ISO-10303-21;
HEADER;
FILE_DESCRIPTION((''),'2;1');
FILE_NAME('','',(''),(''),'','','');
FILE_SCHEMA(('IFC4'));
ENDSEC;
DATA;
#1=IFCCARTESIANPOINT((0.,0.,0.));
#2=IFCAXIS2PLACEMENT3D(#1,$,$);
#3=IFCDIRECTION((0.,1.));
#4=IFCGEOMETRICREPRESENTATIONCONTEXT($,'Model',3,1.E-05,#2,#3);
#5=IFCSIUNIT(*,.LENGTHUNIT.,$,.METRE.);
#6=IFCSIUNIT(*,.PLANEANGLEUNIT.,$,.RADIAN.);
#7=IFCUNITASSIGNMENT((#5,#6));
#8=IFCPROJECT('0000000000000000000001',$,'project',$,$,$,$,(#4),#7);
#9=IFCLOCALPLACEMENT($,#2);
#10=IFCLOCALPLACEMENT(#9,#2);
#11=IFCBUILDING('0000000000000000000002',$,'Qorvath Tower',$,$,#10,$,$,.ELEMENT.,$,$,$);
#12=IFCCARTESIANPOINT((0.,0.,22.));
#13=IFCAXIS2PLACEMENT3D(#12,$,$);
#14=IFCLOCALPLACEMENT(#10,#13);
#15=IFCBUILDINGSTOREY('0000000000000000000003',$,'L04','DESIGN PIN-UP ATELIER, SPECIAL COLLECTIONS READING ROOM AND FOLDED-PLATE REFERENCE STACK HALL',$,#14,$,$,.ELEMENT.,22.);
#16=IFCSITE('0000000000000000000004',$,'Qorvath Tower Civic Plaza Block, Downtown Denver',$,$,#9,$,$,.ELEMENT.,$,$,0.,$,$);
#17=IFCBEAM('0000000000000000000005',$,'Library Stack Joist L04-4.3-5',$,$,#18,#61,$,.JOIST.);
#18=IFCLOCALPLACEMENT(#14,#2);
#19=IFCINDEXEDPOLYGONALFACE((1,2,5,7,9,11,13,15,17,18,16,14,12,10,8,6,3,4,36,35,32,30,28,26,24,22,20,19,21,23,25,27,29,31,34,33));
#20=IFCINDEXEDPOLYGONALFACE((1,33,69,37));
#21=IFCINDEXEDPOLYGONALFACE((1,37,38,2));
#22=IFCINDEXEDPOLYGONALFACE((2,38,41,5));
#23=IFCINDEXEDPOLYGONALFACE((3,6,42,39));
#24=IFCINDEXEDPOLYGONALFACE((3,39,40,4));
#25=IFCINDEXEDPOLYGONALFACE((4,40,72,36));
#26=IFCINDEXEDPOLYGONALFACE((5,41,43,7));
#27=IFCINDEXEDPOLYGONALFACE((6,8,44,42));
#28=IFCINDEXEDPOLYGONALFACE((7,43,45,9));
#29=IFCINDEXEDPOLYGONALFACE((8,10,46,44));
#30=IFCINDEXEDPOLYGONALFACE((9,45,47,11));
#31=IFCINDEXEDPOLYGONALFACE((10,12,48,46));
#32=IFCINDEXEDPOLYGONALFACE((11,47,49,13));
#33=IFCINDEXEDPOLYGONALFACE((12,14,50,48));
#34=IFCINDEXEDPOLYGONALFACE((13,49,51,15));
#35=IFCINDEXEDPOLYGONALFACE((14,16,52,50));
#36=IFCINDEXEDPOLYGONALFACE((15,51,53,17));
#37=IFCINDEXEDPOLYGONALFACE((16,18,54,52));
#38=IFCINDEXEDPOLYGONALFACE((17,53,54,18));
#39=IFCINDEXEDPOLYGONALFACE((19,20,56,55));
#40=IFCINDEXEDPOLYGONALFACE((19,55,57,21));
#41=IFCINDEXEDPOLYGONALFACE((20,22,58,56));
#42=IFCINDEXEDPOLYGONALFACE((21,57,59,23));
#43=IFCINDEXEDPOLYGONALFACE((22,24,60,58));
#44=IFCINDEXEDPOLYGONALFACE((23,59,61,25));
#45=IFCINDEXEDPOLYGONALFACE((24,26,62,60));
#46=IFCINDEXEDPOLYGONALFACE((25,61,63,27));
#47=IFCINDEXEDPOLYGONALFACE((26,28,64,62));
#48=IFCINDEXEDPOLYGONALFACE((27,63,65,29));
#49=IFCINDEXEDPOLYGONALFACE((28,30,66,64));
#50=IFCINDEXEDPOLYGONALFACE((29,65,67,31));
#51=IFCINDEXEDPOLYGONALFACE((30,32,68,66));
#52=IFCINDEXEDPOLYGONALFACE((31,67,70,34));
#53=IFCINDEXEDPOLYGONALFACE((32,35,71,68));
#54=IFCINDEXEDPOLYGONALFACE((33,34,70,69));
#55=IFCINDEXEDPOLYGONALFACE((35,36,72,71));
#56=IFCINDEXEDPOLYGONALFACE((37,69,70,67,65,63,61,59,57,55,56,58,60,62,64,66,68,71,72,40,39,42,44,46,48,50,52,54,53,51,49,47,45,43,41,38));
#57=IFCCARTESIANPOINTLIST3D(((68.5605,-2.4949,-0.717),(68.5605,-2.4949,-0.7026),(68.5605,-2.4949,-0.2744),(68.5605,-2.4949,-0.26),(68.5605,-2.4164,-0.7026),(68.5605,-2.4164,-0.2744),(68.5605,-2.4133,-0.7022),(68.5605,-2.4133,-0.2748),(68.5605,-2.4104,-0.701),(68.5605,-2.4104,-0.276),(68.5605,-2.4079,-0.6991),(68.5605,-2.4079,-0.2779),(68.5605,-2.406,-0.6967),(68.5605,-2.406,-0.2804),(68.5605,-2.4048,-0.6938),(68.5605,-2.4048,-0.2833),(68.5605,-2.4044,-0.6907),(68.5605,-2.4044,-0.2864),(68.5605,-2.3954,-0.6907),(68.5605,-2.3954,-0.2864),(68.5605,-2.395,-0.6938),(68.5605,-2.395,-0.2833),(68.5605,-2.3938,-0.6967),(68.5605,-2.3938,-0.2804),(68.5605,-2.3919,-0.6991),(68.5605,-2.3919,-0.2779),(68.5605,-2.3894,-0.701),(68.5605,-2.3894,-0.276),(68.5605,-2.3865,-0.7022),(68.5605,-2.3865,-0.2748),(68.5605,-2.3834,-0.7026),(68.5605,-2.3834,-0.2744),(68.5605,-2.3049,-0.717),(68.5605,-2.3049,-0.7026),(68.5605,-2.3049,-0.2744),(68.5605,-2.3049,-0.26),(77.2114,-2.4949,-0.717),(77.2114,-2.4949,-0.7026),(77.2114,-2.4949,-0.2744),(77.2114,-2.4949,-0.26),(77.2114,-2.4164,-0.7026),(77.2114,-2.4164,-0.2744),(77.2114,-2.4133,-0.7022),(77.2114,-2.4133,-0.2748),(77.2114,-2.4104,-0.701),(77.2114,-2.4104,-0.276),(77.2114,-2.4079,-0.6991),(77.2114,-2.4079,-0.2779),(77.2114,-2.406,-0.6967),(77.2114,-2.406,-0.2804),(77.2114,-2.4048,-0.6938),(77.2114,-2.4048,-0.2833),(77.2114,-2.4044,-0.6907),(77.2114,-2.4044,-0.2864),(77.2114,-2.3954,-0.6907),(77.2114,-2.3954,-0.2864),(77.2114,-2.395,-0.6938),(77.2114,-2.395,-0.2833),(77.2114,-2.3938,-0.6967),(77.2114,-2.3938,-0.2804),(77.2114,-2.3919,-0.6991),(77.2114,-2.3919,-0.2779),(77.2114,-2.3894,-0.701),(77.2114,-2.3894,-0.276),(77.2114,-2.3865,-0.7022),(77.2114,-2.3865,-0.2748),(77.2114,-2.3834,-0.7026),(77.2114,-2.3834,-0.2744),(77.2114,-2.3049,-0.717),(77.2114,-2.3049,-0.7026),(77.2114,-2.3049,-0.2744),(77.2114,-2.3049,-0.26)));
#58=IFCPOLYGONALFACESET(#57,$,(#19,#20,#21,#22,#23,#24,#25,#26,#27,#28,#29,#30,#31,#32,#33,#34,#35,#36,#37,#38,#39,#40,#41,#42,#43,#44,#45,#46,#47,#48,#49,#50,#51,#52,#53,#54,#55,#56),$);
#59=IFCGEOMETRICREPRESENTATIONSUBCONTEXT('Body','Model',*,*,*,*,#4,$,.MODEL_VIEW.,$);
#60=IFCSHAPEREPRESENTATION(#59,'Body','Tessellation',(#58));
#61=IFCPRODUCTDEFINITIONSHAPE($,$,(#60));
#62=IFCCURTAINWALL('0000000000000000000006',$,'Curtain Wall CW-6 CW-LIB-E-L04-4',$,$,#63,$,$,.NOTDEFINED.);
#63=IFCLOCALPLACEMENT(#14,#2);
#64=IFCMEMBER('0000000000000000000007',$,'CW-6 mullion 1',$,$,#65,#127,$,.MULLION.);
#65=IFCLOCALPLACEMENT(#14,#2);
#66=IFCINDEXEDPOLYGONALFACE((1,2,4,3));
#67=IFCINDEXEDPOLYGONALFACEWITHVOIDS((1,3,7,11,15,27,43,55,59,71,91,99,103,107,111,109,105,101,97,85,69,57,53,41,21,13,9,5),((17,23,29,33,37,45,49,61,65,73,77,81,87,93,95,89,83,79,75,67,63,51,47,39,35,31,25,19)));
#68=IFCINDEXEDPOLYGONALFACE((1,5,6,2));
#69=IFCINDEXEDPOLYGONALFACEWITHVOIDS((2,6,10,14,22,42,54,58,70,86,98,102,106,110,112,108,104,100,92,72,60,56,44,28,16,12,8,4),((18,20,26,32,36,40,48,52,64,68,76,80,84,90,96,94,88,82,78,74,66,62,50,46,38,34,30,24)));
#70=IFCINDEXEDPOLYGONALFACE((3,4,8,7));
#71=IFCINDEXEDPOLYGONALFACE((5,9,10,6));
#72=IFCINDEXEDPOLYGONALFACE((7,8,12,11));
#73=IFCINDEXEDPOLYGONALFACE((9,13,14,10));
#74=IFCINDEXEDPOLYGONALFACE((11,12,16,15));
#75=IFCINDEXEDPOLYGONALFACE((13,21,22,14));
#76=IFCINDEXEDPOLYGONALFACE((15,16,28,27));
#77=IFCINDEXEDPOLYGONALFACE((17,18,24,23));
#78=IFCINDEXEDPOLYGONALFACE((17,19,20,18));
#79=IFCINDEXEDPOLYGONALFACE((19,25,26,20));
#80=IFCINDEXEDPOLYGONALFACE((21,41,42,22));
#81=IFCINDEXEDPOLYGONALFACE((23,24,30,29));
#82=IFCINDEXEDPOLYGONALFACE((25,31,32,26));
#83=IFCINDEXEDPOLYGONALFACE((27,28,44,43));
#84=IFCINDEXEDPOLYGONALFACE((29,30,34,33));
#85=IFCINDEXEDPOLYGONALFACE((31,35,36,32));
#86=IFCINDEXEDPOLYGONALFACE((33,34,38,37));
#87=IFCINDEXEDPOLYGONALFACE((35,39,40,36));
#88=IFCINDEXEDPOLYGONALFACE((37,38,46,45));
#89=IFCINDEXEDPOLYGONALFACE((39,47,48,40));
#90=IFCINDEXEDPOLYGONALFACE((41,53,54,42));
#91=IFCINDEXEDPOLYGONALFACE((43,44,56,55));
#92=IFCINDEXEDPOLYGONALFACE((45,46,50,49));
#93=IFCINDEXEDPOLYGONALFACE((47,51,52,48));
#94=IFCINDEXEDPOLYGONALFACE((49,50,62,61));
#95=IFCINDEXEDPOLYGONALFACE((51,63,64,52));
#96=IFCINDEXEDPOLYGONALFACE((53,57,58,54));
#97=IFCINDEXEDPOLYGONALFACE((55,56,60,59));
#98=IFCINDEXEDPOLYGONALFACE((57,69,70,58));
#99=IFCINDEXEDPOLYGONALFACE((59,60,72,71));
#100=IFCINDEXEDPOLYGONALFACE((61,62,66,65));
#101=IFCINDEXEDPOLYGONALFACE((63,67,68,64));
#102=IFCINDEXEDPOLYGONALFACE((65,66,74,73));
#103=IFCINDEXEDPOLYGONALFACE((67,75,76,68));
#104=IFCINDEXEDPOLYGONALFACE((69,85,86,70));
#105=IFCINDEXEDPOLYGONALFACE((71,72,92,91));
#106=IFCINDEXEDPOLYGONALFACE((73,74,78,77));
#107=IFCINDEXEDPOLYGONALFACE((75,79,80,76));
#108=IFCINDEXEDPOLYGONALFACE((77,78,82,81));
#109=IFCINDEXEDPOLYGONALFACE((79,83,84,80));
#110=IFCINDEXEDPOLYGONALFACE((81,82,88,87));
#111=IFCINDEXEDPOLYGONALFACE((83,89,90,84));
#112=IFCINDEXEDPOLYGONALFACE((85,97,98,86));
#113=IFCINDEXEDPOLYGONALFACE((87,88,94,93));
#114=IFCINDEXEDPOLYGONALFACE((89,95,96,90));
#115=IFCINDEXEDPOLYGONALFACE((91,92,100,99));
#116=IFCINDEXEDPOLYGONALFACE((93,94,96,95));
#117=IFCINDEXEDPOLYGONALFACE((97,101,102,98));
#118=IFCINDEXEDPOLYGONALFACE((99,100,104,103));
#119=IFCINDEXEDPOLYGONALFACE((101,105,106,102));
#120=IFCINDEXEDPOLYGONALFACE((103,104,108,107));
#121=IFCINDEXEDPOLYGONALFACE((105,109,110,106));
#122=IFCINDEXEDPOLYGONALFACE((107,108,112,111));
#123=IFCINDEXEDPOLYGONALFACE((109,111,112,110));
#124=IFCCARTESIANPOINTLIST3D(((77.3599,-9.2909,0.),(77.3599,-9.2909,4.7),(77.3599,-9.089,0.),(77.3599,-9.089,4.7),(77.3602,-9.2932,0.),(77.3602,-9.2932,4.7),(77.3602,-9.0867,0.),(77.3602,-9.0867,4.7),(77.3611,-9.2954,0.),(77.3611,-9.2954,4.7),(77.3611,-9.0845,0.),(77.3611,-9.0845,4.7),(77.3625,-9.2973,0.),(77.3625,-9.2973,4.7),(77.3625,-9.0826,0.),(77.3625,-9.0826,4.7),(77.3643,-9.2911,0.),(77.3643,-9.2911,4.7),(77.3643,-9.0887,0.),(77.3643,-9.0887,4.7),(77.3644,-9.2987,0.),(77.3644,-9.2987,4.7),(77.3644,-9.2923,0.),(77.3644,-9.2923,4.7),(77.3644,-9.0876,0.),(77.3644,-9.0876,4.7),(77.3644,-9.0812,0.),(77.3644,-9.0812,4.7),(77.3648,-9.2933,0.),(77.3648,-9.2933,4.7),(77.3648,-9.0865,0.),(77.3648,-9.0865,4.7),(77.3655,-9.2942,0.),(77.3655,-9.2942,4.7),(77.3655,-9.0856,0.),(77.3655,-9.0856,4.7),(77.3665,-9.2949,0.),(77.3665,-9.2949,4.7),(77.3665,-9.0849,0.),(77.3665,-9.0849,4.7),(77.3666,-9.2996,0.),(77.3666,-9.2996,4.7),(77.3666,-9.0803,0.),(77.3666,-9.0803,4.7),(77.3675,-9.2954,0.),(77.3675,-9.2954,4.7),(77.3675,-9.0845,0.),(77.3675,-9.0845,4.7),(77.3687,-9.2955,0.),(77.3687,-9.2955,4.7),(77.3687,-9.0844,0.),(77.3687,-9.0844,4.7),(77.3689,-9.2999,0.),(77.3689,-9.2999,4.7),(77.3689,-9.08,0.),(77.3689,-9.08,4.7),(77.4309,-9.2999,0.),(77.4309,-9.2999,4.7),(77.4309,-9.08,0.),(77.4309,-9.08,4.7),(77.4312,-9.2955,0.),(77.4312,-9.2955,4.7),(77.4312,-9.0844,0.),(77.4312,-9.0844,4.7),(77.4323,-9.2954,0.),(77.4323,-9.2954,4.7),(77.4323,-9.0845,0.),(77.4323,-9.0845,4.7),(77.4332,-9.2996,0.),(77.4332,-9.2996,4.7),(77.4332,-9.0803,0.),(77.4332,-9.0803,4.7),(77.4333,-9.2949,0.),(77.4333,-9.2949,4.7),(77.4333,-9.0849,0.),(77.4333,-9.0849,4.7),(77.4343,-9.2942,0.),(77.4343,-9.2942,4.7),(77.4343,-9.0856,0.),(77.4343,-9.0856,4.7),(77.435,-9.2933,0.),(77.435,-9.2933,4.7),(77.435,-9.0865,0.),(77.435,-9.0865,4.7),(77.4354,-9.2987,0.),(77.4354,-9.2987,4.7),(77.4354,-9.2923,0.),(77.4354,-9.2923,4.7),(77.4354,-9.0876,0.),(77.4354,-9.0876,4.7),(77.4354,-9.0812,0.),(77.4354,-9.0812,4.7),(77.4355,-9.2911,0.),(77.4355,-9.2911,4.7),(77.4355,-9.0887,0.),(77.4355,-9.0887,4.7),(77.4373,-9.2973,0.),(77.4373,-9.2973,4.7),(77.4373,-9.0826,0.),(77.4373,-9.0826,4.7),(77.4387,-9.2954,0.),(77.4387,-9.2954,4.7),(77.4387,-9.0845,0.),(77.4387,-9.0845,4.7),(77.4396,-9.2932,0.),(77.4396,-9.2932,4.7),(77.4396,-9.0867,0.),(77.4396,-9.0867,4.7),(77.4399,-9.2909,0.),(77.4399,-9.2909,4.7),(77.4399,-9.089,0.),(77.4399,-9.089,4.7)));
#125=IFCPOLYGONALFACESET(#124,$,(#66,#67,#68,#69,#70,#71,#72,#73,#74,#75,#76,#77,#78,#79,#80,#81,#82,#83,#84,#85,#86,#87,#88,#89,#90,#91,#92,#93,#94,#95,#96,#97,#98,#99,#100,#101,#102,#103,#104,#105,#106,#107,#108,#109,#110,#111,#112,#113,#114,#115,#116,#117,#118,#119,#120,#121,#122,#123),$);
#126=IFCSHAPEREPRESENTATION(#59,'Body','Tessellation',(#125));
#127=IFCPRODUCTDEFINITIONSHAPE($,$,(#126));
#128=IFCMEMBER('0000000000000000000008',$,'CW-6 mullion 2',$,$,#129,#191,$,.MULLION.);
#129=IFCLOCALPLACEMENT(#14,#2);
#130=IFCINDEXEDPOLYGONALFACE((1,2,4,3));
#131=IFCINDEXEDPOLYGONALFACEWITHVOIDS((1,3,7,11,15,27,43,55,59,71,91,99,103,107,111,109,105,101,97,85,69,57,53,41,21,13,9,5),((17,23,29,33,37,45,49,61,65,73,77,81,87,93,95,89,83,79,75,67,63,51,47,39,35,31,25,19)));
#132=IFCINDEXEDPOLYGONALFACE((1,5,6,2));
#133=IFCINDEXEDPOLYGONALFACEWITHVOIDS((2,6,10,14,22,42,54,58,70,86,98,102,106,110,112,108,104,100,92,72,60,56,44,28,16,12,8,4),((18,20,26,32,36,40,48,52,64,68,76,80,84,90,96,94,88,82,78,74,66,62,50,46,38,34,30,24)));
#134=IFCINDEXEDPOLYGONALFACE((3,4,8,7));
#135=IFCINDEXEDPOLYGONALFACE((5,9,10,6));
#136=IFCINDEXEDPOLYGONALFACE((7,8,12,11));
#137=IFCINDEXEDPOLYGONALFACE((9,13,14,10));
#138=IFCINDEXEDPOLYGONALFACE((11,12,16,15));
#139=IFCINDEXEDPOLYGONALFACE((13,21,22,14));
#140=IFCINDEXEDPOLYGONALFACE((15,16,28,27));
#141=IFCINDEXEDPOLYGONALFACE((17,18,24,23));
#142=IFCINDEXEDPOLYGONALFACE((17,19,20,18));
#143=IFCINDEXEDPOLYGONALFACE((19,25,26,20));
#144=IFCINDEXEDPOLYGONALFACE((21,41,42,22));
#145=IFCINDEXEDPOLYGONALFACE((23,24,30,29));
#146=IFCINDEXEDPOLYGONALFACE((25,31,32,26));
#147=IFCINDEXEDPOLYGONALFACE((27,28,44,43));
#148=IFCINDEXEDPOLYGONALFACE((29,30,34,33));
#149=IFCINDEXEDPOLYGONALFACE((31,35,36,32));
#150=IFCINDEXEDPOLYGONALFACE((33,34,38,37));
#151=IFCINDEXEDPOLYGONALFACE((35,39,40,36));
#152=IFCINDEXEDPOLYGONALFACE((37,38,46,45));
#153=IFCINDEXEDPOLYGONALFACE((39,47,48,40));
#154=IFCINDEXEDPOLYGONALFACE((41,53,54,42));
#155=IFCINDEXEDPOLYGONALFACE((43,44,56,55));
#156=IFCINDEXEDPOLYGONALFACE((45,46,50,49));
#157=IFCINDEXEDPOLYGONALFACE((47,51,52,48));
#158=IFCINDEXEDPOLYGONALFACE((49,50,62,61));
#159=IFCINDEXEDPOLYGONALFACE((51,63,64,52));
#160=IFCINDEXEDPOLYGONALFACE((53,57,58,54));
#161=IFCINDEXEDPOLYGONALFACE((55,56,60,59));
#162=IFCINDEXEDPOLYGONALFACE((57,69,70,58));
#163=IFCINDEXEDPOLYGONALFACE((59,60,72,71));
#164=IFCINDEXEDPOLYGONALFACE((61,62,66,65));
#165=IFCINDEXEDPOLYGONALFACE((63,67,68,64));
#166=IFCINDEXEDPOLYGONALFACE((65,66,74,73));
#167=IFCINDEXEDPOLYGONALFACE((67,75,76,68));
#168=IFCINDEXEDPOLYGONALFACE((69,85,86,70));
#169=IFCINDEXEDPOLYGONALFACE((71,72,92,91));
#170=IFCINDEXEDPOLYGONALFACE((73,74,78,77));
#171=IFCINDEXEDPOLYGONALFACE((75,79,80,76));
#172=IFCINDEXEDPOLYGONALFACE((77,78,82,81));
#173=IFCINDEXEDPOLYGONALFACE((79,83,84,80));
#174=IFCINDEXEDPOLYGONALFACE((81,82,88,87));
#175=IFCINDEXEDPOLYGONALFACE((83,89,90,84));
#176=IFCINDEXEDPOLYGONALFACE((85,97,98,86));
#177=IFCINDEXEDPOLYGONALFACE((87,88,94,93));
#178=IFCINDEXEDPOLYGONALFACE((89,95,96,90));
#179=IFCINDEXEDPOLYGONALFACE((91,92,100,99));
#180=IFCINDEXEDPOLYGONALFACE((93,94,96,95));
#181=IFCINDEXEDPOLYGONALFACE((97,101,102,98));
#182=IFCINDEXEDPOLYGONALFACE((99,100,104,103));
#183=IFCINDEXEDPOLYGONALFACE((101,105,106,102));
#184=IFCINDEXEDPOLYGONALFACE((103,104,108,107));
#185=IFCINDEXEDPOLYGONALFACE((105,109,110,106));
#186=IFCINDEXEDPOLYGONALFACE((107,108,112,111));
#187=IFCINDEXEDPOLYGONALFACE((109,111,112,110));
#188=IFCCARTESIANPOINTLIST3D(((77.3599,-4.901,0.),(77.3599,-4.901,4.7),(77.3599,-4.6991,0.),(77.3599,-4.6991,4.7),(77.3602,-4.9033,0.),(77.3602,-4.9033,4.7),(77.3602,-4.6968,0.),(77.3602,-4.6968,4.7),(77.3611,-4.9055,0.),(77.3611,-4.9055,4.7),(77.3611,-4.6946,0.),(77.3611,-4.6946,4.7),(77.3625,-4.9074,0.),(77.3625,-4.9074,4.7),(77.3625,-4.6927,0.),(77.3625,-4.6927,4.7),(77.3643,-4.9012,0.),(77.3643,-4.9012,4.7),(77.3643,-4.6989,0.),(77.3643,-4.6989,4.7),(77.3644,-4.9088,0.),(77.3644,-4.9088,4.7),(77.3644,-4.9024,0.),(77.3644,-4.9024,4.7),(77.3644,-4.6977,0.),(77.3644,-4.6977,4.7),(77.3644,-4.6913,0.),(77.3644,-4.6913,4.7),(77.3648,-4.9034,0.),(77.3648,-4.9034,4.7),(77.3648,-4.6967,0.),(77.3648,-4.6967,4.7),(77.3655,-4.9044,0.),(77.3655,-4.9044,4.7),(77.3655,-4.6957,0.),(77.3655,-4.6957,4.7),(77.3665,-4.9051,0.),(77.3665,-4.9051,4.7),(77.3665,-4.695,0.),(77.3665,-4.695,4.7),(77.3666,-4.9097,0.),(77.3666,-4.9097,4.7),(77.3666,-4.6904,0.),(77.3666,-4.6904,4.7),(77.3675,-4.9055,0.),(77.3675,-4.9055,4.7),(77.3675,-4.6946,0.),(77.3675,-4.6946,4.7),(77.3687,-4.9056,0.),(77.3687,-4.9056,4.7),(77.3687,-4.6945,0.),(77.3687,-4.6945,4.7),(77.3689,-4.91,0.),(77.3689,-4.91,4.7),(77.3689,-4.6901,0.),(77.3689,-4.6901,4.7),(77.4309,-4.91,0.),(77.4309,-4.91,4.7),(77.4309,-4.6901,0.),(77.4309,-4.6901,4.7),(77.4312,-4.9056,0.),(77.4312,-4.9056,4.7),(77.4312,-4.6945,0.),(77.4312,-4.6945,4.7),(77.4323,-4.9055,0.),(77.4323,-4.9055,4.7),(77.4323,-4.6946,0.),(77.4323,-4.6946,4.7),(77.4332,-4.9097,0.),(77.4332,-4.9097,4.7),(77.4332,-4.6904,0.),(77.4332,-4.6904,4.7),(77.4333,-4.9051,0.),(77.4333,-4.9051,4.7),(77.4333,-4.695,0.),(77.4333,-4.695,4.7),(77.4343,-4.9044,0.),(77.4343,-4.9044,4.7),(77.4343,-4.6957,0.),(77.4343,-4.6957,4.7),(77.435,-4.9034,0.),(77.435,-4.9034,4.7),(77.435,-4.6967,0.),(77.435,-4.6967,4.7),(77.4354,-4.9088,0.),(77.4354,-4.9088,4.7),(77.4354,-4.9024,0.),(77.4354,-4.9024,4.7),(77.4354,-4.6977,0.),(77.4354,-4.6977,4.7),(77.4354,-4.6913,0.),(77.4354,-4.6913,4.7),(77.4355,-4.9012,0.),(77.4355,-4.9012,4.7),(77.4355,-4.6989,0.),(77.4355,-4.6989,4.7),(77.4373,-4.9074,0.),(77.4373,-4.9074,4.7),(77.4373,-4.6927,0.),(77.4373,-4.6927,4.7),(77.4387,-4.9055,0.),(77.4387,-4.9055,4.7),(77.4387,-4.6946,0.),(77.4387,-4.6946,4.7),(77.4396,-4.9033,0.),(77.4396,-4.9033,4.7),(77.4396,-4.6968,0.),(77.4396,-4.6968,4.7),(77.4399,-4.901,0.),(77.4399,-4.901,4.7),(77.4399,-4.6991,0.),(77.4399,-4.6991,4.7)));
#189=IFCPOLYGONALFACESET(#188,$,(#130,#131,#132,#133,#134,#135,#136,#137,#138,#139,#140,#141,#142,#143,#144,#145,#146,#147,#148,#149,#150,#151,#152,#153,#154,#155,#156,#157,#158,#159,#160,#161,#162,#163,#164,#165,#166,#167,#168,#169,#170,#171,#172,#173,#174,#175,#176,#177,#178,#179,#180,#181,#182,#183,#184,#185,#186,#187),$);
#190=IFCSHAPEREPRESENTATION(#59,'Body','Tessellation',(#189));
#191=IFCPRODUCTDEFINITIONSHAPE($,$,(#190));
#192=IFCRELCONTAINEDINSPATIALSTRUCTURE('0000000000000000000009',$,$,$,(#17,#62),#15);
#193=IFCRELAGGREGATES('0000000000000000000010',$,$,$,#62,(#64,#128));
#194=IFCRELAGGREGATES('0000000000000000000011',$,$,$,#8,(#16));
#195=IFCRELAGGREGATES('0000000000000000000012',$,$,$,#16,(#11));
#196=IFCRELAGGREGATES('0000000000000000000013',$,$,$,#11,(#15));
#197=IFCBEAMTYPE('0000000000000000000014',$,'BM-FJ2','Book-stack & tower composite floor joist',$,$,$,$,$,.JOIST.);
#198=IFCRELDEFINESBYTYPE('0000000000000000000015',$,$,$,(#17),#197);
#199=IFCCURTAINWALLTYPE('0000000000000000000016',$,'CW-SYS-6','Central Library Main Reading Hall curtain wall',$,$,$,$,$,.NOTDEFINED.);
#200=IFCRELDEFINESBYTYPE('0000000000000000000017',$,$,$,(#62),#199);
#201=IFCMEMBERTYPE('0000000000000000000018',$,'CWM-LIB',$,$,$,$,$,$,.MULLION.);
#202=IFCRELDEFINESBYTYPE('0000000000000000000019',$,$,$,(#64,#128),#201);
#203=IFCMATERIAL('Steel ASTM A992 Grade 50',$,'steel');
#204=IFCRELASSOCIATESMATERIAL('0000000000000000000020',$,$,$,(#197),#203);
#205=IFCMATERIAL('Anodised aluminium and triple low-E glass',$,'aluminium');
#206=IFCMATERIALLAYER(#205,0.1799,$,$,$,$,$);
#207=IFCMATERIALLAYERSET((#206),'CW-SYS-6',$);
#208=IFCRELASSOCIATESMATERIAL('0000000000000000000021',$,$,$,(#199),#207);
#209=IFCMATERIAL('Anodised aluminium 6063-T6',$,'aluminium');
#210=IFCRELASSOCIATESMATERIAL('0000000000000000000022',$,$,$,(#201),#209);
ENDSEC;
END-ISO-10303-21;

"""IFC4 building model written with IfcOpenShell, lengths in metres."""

from ifc_helpers import new_model, si_unit, direction, frame, origin, origin_2d, place, context, subcontext, project, spatial, hollow_rectangle, i_section, extrude, material, layer, layer_set, material_profile, profile_set, type_object, element, aggregate, save


model = new_model("IFC4")

# Units and contexts
model_context = context("Model", 3, precision=1e-05, world=origin(), true_north=direction((0.0, 1.0)))
body_context = subcontext(model_context, "Body", "Model", "MODEL_VIEW")
ifc_project = project(units=[si_unit("LENGTHUNIT", "METRE"), si_unit("PLANEANGLEUNIT", "RADIAN")], contexts=[model_context])

# Site, building, storey
site_placement = place(None, origin())
site = spatial("IfcSite", under=ifc_project, at=site_placement, Name="Qorvath Tower Civic Plaza Block, Downtown Denver", CompositionType="ELEMENT", RefElevation=0.0)
building_placement = place(site_placement, origin())
building = spatial("IfcBuilding", under=site, at=building_placement, Name="Qorvath Tower", CompositionType="ELEMENT")
storey_placement = place(building_placement, frame((0.0, 0.0, 22.0)))
storey = spatial("IfcBuildingStorey", under=building, at=storey_placement, Name="L04", Description="DESIGN PIN-UP ATELIER, SPECIAL COLLECTIONS READING ROOM AND FOLDED-PLATE REFERENCE STACK HALL", CompositionType="ELEMENT", Elevation=22.0)

# Beam
ifc_material_1 = material(Name="Steel ASTM A992 Grade 50", Category="steel")
ifc_material_profile_1 = material_profile(ifc_material_1, i_section(OverallWidth=0.1899, OverallDepth=0.457, WebThickness=0.009, FlangeThickness=0.0144, FilletRadius=0.012, at=origin_2d()), Name="W18x50")
ifc_profile_set_1 = profile_set([ifc_material_profile_1], Name="Steel ASTM A992 Grade 50")
beam_type_1 = type_object("IfcBeamType", Name="BM-FJ2", Description="Book-stack & tower composite floor joist", PredefinedType="JOIST", material=ifc_profile_set_1)
beam_1_placement = place(storey_placement, frame((68.5605, -2.3999, -0.4885), z_axis=(1.0, 0.0, 0.0), x_axis=(0.0, 1.0, 0.0)))
element("IfcBeam", 1, at=beam_1_placement, inside=storey, type_object=beam_type_1, Name="Library Stack Joist L04-4.3-5", PredefinedType="JOIST", context=body_context, shape_type="SweptSolid", body=[
    extrude(i_section(OverallWidth=0.1899, OverallDepth=0.457, WebThickness=0.009, FlangeThickness=0.0144, FilletRadius=0.012, at=origin_2d()), origin(), (0.0, 0.0, 1.0), 8.6509),
])

# Curtain wall, members
ifc_material_2 = material(Name="Anodised aluminium and triple low-E glass", Category="aluminium")
ifc_layer_1 = layer(ifc_material_2, 0.1799)
ifc_layer_set_1 = layer_set([ifc_layer_1], Name="CW-SYS-6")
curtain_wall_type = type_object("IfcCurtainWallType", Name="CW-SYS-6", Description="Central Library Main Reading Hall curtain wall", PredefinedType="NOTDEFINED", material=ifc_layer_set_1)
curtain_wall_placement = place(storey_placement, origin())
curtain_wall = element("IfcCurtainWall", 2, at=curtain_wall_placement, inside=storey, type_object=curtain_wall_type, Name="Curtain Wall CW-6 CW-LIB-E-L04-4", PredefinedType="NOTDEFINED")
ifc_material_3 = material(Name="Anodised aluminium 6063-T6", Category="aluminium")
ifc_material_profile_2 = material_profile(ifc_material_3, hollow_rectangle(XDim=0.0801, YDim=0.22, WallThickness=0.0044, InnerFilletRadius=0.0044, OuterFilletRadius=0.009, at=origin_2d()), Name="CWM LIB 220x80")
ifc_profile_set_2 = profile_set([ifc_material_profile_2], Name="Anodised aluminium 6063-T6")
member_type_1 = type_object("IfcMemberType", Name="CWM-LIB", PredefinedType="MULLION", material=ifc_profile_set_2)
member_1_placement = place(storey_placement, frame((77.3999, -9.1899, 0.0), z_axis=(0.0, 0.0, 1.0), x_axis=(-1.0, 0.0, 0.0)))
member_1 = element("IfcMember", 3, at=member_1_placement, type_object=member_type_1, Name="CW-6 mullion 1", PredefinedType="MULLION", context=body_context, shape_type="SweptSolid", body=[
    extrude(hollow_rectangle(XDim=0.0801, YDim=0.22, WallThickness=0.0044, InnerFilletRadius=0.0044, OuterFilletRadius=0.009, at=origin_2d()), origin(), (0.0, 0.0, 1.0), 4.7),
])
member_2_placement = place(storey_placement, frame((77.3999, -4.8, 0.0), z_axis=(0.0, 0.0, 1.0), x_axis=(-1.0, 0.0, 0.0)))
member_2 = element("IfcMember", 4, at=member_2_placement, type_object=member_type_1, Name="CW-6 mullion 2", PredefinedType="MULLION", context=body_context, shape_type="SweptSolid", body=[
    extrude(hollow_rectangle(XDim=0.0801, YDim=0.22, WallThickness=0.0044, InnerFilletRadius=0.0044, OuterFilletRadius=0.009, at=origin_2d()), origin(), (0.0, 0.0, 1.0), 4.7),
])
aggregate(curtain_wall, [member_1, member_2])

save(model, "model.ifc")
